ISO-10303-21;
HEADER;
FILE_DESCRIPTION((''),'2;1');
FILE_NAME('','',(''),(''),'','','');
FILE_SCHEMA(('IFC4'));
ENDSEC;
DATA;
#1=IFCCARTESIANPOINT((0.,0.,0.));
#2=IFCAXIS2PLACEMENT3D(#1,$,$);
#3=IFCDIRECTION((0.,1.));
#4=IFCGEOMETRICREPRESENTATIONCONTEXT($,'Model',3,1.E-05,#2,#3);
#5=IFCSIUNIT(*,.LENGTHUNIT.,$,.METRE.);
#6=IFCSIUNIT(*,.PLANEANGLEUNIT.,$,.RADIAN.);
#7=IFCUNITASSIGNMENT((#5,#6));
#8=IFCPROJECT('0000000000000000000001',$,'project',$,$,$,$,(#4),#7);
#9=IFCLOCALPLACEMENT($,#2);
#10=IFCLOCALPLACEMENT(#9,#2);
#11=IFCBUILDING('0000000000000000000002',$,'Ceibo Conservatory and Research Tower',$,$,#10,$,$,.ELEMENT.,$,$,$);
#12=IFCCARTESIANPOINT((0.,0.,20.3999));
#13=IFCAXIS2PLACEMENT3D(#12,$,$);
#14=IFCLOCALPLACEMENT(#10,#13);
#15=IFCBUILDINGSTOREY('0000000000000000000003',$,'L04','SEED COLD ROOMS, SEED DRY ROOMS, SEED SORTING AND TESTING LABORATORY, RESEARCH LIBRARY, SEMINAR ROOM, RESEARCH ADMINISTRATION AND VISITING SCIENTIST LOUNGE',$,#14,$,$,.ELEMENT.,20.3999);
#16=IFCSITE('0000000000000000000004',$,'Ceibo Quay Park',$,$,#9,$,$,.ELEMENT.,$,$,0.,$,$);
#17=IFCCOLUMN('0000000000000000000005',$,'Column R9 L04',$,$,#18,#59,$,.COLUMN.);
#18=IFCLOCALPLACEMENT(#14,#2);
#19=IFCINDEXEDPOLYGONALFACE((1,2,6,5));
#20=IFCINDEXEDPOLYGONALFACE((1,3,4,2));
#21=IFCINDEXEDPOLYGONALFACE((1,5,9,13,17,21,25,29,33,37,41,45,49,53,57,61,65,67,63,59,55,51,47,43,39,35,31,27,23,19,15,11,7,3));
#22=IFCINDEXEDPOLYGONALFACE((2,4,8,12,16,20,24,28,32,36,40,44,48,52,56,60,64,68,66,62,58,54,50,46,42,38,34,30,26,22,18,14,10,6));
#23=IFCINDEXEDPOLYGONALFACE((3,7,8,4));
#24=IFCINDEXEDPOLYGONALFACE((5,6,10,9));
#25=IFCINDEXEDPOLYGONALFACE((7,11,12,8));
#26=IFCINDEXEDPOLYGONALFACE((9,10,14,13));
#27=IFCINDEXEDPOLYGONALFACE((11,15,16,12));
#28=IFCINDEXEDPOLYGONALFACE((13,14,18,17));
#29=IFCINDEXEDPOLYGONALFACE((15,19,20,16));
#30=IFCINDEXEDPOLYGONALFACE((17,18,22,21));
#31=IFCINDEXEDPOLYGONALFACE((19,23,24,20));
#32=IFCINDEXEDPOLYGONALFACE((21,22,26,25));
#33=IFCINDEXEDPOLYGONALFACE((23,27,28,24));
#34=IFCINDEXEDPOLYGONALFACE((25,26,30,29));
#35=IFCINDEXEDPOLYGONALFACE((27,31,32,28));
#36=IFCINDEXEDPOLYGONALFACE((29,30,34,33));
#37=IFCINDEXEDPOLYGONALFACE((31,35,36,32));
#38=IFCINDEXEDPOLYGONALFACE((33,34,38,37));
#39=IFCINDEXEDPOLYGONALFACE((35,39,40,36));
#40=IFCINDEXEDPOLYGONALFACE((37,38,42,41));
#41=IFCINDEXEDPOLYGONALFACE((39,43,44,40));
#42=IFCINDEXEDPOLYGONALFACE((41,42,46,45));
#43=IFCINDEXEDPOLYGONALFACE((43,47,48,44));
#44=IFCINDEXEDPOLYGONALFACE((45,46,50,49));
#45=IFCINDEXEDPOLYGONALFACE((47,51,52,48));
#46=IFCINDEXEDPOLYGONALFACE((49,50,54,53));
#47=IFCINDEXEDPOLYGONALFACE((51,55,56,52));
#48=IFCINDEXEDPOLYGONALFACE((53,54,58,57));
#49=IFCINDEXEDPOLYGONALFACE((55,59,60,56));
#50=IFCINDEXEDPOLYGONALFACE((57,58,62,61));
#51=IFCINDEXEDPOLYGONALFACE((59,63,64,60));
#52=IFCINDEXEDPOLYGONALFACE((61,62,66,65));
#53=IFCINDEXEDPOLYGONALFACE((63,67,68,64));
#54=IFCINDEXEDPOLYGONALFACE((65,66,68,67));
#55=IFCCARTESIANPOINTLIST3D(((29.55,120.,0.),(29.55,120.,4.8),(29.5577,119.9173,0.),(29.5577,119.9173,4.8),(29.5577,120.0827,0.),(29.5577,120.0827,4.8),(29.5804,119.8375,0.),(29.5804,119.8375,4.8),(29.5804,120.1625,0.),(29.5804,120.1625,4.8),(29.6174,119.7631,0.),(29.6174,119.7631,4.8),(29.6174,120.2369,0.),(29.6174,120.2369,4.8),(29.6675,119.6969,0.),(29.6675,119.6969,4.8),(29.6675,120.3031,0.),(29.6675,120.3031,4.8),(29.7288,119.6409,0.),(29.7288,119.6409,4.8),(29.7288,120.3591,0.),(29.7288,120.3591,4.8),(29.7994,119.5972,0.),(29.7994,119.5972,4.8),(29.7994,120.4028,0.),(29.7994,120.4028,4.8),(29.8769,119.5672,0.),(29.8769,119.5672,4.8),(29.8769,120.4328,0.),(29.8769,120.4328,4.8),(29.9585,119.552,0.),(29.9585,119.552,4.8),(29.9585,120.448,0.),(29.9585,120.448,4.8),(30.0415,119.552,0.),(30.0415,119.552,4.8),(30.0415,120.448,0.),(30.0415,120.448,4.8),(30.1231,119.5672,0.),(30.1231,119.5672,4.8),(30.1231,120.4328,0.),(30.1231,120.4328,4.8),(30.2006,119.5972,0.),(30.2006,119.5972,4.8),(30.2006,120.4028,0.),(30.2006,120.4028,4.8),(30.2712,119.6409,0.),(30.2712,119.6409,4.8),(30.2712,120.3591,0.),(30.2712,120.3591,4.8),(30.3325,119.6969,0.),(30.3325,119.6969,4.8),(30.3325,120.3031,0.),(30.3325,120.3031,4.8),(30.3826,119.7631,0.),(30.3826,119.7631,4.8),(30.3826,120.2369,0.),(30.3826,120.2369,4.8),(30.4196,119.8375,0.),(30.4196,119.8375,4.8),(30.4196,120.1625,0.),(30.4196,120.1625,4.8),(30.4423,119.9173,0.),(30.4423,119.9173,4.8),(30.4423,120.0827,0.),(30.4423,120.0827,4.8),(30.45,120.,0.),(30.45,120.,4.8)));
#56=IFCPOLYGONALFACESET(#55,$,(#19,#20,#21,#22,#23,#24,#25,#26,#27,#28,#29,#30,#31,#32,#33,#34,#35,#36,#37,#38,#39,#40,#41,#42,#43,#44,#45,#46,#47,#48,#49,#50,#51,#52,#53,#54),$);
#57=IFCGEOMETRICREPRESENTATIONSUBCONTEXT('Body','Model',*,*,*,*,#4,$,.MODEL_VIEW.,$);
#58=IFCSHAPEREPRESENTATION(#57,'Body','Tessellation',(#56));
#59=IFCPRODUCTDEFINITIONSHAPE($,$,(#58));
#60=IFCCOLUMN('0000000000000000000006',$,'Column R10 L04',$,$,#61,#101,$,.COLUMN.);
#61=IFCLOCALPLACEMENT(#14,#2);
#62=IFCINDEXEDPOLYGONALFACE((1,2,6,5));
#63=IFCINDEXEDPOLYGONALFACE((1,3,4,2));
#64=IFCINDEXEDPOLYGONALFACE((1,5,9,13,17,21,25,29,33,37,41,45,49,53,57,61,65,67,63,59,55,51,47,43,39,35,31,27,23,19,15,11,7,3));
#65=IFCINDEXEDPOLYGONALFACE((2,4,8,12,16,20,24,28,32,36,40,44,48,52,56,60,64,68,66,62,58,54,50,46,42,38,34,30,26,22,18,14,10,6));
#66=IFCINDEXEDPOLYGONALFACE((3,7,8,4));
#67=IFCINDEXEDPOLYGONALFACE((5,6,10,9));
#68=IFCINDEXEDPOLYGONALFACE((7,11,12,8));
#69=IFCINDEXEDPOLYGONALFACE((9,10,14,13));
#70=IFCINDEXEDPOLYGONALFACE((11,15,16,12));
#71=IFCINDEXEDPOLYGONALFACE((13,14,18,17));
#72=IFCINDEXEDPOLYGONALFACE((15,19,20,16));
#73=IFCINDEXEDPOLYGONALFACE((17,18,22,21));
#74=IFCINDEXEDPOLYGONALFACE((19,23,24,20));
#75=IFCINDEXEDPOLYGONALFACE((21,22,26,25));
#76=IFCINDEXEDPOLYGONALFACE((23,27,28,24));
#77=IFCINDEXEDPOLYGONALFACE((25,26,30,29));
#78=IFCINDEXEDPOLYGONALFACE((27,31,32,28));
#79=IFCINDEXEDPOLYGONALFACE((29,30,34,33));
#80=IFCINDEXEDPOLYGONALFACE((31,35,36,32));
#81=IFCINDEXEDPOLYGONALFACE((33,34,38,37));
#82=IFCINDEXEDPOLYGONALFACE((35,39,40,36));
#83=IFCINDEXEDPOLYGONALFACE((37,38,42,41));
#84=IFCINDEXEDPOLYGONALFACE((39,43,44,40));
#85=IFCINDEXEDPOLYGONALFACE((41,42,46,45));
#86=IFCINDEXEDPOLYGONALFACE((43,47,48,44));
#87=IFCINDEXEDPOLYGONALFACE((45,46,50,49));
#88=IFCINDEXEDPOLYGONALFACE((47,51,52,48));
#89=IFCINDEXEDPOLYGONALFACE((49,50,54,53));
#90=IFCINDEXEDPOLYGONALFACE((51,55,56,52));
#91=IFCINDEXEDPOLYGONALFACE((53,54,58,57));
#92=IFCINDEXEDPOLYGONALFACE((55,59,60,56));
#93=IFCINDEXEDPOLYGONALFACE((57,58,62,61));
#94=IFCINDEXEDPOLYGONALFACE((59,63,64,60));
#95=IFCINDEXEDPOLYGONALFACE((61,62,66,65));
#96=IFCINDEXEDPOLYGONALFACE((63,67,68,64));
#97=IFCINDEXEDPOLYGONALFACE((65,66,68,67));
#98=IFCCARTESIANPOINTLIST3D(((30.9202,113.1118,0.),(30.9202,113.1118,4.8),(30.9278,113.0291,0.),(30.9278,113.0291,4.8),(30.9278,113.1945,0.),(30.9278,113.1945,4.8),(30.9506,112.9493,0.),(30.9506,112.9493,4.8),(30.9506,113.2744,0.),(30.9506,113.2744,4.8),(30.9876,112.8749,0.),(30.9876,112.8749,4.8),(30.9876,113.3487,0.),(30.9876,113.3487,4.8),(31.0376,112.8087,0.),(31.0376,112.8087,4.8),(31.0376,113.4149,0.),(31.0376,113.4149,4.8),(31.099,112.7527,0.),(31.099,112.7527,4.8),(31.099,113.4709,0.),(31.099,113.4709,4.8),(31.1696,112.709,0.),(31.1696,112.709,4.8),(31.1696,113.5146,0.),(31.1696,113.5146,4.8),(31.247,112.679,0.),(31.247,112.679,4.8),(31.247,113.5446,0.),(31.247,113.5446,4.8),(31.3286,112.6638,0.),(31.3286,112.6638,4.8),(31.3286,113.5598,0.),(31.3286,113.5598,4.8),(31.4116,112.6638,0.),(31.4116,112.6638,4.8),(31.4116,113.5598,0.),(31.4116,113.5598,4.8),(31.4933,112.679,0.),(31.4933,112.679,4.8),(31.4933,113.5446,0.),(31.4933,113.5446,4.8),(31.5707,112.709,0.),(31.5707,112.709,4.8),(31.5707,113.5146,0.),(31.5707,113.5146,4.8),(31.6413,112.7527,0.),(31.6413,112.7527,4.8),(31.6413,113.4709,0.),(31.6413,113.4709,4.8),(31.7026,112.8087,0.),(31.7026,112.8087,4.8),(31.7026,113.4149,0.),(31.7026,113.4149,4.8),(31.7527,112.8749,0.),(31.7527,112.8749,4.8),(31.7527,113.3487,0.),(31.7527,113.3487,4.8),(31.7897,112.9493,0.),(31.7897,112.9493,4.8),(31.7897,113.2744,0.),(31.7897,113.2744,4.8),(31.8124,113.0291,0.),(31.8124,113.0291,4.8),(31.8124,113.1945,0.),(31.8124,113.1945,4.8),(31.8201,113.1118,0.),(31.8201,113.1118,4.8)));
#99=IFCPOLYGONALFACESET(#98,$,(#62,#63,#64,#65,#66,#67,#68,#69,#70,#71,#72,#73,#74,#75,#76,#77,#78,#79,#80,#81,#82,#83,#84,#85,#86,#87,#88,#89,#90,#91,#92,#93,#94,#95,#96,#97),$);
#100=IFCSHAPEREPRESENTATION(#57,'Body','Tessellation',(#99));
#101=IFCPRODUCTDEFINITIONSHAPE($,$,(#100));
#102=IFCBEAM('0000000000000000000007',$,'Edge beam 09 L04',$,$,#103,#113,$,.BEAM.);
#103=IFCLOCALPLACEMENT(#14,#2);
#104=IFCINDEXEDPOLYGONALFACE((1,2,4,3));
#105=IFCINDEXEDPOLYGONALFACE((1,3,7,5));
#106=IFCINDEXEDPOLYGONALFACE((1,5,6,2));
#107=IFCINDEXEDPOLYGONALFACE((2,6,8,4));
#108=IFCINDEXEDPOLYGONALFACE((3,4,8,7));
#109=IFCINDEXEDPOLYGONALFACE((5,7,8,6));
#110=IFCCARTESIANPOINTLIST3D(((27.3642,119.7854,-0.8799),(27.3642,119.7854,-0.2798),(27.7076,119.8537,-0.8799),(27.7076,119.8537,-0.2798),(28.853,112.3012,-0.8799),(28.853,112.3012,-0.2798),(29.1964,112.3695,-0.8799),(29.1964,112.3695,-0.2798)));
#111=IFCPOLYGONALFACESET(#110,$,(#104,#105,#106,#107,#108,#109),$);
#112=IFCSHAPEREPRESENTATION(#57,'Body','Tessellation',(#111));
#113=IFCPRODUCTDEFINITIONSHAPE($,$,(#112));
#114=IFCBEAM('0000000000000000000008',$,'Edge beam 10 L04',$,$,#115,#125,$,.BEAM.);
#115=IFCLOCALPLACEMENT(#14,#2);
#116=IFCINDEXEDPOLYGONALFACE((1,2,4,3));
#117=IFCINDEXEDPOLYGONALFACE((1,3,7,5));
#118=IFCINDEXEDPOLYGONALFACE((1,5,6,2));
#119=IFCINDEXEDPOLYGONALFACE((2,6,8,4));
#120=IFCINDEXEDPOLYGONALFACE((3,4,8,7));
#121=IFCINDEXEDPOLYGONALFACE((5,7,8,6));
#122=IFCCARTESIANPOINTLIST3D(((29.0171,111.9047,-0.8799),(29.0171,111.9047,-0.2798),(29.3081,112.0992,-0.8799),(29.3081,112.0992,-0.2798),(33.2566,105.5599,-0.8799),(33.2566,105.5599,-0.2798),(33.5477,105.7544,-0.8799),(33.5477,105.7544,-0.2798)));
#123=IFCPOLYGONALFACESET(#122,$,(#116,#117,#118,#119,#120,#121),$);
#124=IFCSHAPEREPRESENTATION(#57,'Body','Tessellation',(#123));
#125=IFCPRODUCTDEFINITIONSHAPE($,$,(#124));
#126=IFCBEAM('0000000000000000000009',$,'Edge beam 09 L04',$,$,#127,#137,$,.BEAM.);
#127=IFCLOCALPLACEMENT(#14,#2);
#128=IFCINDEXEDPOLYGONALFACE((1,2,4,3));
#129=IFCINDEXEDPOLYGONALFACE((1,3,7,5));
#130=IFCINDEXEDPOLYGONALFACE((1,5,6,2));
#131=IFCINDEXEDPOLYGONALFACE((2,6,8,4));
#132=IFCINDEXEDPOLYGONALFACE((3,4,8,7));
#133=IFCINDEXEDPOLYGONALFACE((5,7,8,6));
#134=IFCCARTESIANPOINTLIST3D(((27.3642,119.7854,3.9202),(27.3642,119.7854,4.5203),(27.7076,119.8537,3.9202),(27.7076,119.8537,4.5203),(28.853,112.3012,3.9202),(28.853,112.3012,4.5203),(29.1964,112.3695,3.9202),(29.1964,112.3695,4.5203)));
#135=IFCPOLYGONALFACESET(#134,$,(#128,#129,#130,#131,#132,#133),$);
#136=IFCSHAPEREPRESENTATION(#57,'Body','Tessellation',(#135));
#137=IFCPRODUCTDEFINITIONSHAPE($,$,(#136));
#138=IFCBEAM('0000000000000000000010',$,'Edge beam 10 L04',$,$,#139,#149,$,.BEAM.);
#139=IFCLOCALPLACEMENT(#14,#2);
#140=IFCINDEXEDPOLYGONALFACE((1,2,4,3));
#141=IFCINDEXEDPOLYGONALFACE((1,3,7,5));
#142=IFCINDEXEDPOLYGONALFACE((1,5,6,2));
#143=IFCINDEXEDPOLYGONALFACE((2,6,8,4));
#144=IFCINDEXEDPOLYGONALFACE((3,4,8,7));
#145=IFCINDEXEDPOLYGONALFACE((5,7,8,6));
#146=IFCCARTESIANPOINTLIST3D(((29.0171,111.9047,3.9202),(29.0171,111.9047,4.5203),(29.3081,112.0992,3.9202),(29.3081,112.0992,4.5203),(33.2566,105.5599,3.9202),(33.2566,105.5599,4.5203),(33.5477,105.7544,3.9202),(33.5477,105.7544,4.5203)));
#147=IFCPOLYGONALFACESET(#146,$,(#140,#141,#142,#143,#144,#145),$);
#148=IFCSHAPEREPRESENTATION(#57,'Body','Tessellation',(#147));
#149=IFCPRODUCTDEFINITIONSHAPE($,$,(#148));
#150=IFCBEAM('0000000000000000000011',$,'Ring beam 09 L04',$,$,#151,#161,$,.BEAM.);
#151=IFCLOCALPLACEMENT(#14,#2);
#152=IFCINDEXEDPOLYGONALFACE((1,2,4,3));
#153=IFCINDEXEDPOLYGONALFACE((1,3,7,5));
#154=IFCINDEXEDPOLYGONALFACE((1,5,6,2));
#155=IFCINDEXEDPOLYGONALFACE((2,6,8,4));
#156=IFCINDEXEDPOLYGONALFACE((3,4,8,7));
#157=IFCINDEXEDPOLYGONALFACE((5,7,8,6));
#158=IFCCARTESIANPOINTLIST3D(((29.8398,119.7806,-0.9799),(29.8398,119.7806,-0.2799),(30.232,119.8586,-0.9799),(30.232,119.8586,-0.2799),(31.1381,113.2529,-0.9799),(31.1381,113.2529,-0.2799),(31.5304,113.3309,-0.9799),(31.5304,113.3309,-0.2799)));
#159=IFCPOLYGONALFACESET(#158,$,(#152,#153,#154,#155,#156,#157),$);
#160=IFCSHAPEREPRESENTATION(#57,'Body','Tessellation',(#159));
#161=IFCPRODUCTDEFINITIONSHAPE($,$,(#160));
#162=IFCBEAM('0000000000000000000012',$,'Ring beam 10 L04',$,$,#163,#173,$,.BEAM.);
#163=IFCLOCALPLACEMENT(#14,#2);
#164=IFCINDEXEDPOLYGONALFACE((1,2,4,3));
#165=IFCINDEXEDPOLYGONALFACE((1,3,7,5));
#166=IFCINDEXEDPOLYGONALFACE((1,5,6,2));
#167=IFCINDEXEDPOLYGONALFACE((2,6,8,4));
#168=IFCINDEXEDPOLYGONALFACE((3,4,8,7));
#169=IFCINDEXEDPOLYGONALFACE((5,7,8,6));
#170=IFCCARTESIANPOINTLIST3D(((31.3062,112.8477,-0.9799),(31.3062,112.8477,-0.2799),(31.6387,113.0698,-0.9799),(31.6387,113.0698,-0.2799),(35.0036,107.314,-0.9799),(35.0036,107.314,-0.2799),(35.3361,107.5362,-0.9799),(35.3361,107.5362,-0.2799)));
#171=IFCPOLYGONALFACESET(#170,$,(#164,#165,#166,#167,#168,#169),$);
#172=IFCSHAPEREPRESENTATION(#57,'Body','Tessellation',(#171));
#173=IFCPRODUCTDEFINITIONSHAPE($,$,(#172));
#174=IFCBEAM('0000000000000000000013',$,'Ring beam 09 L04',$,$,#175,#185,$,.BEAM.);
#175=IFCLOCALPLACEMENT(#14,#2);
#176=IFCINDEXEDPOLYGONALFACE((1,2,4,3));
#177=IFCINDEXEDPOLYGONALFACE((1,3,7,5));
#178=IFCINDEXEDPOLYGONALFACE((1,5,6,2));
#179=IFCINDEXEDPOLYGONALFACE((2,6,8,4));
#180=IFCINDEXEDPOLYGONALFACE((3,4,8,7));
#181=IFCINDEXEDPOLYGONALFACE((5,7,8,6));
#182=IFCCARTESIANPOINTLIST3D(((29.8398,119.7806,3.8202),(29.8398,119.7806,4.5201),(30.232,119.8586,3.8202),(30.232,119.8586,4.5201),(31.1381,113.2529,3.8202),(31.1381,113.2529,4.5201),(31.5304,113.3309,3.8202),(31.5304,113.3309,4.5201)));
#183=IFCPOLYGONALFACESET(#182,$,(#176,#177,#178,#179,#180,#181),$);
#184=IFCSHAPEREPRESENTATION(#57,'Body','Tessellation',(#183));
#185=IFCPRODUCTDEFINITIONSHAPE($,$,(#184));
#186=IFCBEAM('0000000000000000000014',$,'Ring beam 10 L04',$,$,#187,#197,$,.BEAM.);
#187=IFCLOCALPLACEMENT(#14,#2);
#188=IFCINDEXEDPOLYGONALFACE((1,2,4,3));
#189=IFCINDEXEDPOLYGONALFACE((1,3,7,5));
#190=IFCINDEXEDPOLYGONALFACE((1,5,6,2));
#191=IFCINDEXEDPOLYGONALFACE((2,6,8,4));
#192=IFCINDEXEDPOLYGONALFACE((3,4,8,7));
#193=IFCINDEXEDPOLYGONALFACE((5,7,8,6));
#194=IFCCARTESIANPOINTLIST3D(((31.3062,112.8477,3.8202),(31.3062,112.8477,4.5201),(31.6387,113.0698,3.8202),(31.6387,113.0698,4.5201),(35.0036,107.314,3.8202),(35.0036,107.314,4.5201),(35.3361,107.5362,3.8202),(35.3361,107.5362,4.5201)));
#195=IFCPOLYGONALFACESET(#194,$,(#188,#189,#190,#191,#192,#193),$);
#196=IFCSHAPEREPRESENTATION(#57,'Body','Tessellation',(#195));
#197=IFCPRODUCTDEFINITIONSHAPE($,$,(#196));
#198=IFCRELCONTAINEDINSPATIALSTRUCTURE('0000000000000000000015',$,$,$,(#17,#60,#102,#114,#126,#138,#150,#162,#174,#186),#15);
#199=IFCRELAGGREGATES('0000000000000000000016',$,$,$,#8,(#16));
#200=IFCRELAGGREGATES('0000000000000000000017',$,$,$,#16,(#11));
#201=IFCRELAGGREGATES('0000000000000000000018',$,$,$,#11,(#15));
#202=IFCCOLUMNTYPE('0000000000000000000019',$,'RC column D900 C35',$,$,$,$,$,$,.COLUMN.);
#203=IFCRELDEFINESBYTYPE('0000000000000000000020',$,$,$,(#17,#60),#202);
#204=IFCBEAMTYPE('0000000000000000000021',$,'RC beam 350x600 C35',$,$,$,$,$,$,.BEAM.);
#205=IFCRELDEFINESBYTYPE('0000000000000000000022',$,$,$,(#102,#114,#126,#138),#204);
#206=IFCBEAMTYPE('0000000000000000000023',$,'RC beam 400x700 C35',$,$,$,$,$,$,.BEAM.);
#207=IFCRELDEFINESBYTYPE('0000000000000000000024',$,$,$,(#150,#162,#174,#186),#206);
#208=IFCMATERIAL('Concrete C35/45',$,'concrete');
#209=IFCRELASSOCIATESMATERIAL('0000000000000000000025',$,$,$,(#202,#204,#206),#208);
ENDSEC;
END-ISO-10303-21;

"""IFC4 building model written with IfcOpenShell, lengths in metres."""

from ifc_helpers import new_model, si_unit, direction, frame, origin, origin_2d, place, context, subcontext, project, spatial, rectangle, circle, extrude, material, material_profile, profile_set, type_object, element, save


model = new_model("IFC4")

# Units and contexts
model_context = context("Model", 3, precision=1e-05, world=origin(), true_north=direction((0.0, 1.0)))
body_context = subcontext(model_context, "Body", "Model", "MODEL_VIEW")
ifc_project = project(units=[si_unit("LENGTHUNIT", "METRE"), si_unit("PLANEANGLEUNIT", "RADIAN")], contexts=[model_context])

# Site, building, storey
site_placement = place(None, origin())
site = spatial("IfcSite", under=ifc_project, at=site_placement, Name="Ceibo Quay Park", CompositionType="ELEMENT", RefElevation=0.0)
building_placement = place(site_placement, origin())
building = spatial("IfcBuilding", under=site, at=building_placement, Name="Ceibo Conservatory and Research Tower", CompositionType="ELEMENT")
storey_placement = place(building_placement, frame((0.0, 0.0, 20.3999)))
storey = spatial("IfcBuildingStorey", under=building, at=storey_placement, Name="L04", Description="SEED COLD ROOMS, SEED DRY ROOMS, SEED SORTING AND TESTING LABORATORY, RESEARCH LIBRARY, SEMINAR ROOM, RESEARCH ADMINISTRATION AND VISITING SCIENTIST LOUNGE", CompositionType="ELEMENT", Elevation=20.3999)

# Columns
ifc_material_1 = material(Name="Concrete C35/45", Category="concrete")
ifc_material_profile_1 = material_profile(ifc_material_1, circle(Radius=0.45, at=origin_2d()), Name="RC D900")
ifc_profile_set_1 = profile_set([ifc_material_profile_1], Name="Concrete C35/45")
column_type = type_object("IfcColumnType", Name="RC column D900 C35", PredefinedType="COLUMN", material=ifc_profile_set_1)
for number, where, z_axis, x_axis, name in (
    (1, (30.0, 120.0, 0.0), (0.0, 0.0, 1.0), (1.0, 0.0, 0.0), "Column R9 L04"),
    (2, (31.3701, 113.1118, 0.0), (0.0, 0.0, 1.0), (1.0, 0.0, 0.0), "Column R10 L04"),
):
    element("IfcColumn", number, at=place(storey_placement, frame(where, z_axis=z_axis, x_axis=x_axis)), inside=storey, type_object=column_type, Name=name, PredefinedType="COLUMN", context=body_context, shape_type="SweptSolid", body=[
        extrude(circle(Radius=0.45, at=origin_2d()), origin(), (0.0, 0.0, 1.0), 4.8),
    ])

# Beams
ifc_material_profile_2 = material_profile(ifc_material_1, rectangle(XDim=0.3501, YDim=0.6001, at=origin_2d()), Name="RC 350x600")
ifc_profile_set_2 = profile_set([ifc_material_profile_2], Name="Concrete C35/45")
beam_type_1 = type_object("IfcBeamType", Name="RC beam 350x600 C35", PredefinedType="BEAM", material=ifc_profile_set_2)
for number, where, z_axis, x_axis, name in (
    (3, (27.5359, 119.8196, -0.5798), (0.195101, -0.980783, 0.0), (0.980783, 0.195101, 0.0), "Edge beam 09 L04"),
    (4, (29.1626, 112.002, -0.5798), (0.555578, -0.831464, 0.0), (0.831464, 0.555578, 0.0), "Edge beam 10 L04"),
    (5, (27.5359, 119.8196, 4.2202), (0.195101, -0.980783, 0.0), (0.980783, 0.195101, 0.0), "Edge beam 09 L04"),
    (6, (29.1626, 112.002, 4.2202), (0.555578, -0.831464, 0.0), (0.831464, 0.555578, 0.0), "Edge beam 10 L04"),
):
    element("IfcBeam", number, at=place(storey_placement, frame(where, z_axis=z_axis, x_axis=x_axis)), inside=storey, type_object=beam_type_1, Name=name, PredefinedType="BEAM", context=body_context, shape_type="SweptSolid", body=[
        extrude(rectangle(XDim=0.3501, YDim=0.6001, at=origin_2d()), origin(), (0.0, 0.0, 1.0), 7.6309),
    ])
ifc_material_profile_3 = material_profile(ifc_material_1, rectangle(XDim=0.3999, YDim=0.7, at=origin_2d()), Name="RC 400x700")
ifc_profile_set_3 = profile_set([ifc_material_profile_3], Name="Concrete C35/45")
beam_type_2 = type_object("IfcBeamType", Name="RC beam 400x700 C35", PredefinedType="BEAM", material=ifc_profile_set_3)
beam_1_placement = place(storey_placement, frame((30.0359, 119.8196, -0.6299), z_axis=(0.195079, -0.980788, 0.0), x_axis=(0.980788, 0.195079, 0.0)))
element("IfcBeam", 7, at=beam_1_placement, inside=storey, type_object=beam_type_2, Name="Ring beam 09 L04", PredefinedType="BEAM", context=body_context, shape_type="SweptSolid", body=[
    extrude(rectangle(XDim=0.3999, YDim=0.7, at=origin_2d()), origin(), (0.0, 0.0, 1.0), 6.6555),
])
beam_2_placement = place(storey_placement, frame((31.4724, 112.9587, -0.6299), z_axis=(0.555572, -0.831469, 0.0), x_axis=(0.831469, 0.555572, 0.0)))
element("IfcBeam", 8, at=beam_2_placement, inside=storey, type_object=beam_type_2, Name="Ring beam 10 L04", PredefinedType="BEAM", context=body_context, shape_type="SweptSolid", body=[
    extrude(rectangle(XDim=0.3999, YDim=0.7, at=origin_2d()), origin(), (0.0, 0.0, 1.0), 6.6553),
])
beam_3_placement = place(storey_placement, frame((30.0359, 119.8196, 4.1702), z_axis=(0.195079, -0.980788, 0.0), x_axis=(0.980788, 0.195079, 0.0)))
element("IfcBeam", 9, at=beam_3_placement, inside=storey, type_object=beam_type_2, Name="Ring beam 09 L04", PredefinedType="BEAM", context=body_context, shape_type="SweptSolid", body=[
    extrude(rectangle(XDim=0.3999, YDim=0.7, at=origin_2d()), origin(), (0.0, 0.0, 1.0), 6.6555),
])
beam_4_placement = place(storey_placement, frame((31.4724, 112.9587, 4.1702), z_axis=(0.555572, -0.831469, 0.0), x_axis=(0.831469, 0.555572, 0.0)))
element("IfcBeam", 10, at=beam_4_placement, inside=storey, type_object=beam_type_2, Name="Ring beam 10 L04", PredefinedType="BEAM", context=body_context, shape_type="SweptSolid", body=[
    extrude(rectangle(XDim=0.3999, YDim=0.7, at=origin_2d()), origin(), (0.0, 0.0, 1.0), 6.6553),
])

save(model, "model.ifc")
